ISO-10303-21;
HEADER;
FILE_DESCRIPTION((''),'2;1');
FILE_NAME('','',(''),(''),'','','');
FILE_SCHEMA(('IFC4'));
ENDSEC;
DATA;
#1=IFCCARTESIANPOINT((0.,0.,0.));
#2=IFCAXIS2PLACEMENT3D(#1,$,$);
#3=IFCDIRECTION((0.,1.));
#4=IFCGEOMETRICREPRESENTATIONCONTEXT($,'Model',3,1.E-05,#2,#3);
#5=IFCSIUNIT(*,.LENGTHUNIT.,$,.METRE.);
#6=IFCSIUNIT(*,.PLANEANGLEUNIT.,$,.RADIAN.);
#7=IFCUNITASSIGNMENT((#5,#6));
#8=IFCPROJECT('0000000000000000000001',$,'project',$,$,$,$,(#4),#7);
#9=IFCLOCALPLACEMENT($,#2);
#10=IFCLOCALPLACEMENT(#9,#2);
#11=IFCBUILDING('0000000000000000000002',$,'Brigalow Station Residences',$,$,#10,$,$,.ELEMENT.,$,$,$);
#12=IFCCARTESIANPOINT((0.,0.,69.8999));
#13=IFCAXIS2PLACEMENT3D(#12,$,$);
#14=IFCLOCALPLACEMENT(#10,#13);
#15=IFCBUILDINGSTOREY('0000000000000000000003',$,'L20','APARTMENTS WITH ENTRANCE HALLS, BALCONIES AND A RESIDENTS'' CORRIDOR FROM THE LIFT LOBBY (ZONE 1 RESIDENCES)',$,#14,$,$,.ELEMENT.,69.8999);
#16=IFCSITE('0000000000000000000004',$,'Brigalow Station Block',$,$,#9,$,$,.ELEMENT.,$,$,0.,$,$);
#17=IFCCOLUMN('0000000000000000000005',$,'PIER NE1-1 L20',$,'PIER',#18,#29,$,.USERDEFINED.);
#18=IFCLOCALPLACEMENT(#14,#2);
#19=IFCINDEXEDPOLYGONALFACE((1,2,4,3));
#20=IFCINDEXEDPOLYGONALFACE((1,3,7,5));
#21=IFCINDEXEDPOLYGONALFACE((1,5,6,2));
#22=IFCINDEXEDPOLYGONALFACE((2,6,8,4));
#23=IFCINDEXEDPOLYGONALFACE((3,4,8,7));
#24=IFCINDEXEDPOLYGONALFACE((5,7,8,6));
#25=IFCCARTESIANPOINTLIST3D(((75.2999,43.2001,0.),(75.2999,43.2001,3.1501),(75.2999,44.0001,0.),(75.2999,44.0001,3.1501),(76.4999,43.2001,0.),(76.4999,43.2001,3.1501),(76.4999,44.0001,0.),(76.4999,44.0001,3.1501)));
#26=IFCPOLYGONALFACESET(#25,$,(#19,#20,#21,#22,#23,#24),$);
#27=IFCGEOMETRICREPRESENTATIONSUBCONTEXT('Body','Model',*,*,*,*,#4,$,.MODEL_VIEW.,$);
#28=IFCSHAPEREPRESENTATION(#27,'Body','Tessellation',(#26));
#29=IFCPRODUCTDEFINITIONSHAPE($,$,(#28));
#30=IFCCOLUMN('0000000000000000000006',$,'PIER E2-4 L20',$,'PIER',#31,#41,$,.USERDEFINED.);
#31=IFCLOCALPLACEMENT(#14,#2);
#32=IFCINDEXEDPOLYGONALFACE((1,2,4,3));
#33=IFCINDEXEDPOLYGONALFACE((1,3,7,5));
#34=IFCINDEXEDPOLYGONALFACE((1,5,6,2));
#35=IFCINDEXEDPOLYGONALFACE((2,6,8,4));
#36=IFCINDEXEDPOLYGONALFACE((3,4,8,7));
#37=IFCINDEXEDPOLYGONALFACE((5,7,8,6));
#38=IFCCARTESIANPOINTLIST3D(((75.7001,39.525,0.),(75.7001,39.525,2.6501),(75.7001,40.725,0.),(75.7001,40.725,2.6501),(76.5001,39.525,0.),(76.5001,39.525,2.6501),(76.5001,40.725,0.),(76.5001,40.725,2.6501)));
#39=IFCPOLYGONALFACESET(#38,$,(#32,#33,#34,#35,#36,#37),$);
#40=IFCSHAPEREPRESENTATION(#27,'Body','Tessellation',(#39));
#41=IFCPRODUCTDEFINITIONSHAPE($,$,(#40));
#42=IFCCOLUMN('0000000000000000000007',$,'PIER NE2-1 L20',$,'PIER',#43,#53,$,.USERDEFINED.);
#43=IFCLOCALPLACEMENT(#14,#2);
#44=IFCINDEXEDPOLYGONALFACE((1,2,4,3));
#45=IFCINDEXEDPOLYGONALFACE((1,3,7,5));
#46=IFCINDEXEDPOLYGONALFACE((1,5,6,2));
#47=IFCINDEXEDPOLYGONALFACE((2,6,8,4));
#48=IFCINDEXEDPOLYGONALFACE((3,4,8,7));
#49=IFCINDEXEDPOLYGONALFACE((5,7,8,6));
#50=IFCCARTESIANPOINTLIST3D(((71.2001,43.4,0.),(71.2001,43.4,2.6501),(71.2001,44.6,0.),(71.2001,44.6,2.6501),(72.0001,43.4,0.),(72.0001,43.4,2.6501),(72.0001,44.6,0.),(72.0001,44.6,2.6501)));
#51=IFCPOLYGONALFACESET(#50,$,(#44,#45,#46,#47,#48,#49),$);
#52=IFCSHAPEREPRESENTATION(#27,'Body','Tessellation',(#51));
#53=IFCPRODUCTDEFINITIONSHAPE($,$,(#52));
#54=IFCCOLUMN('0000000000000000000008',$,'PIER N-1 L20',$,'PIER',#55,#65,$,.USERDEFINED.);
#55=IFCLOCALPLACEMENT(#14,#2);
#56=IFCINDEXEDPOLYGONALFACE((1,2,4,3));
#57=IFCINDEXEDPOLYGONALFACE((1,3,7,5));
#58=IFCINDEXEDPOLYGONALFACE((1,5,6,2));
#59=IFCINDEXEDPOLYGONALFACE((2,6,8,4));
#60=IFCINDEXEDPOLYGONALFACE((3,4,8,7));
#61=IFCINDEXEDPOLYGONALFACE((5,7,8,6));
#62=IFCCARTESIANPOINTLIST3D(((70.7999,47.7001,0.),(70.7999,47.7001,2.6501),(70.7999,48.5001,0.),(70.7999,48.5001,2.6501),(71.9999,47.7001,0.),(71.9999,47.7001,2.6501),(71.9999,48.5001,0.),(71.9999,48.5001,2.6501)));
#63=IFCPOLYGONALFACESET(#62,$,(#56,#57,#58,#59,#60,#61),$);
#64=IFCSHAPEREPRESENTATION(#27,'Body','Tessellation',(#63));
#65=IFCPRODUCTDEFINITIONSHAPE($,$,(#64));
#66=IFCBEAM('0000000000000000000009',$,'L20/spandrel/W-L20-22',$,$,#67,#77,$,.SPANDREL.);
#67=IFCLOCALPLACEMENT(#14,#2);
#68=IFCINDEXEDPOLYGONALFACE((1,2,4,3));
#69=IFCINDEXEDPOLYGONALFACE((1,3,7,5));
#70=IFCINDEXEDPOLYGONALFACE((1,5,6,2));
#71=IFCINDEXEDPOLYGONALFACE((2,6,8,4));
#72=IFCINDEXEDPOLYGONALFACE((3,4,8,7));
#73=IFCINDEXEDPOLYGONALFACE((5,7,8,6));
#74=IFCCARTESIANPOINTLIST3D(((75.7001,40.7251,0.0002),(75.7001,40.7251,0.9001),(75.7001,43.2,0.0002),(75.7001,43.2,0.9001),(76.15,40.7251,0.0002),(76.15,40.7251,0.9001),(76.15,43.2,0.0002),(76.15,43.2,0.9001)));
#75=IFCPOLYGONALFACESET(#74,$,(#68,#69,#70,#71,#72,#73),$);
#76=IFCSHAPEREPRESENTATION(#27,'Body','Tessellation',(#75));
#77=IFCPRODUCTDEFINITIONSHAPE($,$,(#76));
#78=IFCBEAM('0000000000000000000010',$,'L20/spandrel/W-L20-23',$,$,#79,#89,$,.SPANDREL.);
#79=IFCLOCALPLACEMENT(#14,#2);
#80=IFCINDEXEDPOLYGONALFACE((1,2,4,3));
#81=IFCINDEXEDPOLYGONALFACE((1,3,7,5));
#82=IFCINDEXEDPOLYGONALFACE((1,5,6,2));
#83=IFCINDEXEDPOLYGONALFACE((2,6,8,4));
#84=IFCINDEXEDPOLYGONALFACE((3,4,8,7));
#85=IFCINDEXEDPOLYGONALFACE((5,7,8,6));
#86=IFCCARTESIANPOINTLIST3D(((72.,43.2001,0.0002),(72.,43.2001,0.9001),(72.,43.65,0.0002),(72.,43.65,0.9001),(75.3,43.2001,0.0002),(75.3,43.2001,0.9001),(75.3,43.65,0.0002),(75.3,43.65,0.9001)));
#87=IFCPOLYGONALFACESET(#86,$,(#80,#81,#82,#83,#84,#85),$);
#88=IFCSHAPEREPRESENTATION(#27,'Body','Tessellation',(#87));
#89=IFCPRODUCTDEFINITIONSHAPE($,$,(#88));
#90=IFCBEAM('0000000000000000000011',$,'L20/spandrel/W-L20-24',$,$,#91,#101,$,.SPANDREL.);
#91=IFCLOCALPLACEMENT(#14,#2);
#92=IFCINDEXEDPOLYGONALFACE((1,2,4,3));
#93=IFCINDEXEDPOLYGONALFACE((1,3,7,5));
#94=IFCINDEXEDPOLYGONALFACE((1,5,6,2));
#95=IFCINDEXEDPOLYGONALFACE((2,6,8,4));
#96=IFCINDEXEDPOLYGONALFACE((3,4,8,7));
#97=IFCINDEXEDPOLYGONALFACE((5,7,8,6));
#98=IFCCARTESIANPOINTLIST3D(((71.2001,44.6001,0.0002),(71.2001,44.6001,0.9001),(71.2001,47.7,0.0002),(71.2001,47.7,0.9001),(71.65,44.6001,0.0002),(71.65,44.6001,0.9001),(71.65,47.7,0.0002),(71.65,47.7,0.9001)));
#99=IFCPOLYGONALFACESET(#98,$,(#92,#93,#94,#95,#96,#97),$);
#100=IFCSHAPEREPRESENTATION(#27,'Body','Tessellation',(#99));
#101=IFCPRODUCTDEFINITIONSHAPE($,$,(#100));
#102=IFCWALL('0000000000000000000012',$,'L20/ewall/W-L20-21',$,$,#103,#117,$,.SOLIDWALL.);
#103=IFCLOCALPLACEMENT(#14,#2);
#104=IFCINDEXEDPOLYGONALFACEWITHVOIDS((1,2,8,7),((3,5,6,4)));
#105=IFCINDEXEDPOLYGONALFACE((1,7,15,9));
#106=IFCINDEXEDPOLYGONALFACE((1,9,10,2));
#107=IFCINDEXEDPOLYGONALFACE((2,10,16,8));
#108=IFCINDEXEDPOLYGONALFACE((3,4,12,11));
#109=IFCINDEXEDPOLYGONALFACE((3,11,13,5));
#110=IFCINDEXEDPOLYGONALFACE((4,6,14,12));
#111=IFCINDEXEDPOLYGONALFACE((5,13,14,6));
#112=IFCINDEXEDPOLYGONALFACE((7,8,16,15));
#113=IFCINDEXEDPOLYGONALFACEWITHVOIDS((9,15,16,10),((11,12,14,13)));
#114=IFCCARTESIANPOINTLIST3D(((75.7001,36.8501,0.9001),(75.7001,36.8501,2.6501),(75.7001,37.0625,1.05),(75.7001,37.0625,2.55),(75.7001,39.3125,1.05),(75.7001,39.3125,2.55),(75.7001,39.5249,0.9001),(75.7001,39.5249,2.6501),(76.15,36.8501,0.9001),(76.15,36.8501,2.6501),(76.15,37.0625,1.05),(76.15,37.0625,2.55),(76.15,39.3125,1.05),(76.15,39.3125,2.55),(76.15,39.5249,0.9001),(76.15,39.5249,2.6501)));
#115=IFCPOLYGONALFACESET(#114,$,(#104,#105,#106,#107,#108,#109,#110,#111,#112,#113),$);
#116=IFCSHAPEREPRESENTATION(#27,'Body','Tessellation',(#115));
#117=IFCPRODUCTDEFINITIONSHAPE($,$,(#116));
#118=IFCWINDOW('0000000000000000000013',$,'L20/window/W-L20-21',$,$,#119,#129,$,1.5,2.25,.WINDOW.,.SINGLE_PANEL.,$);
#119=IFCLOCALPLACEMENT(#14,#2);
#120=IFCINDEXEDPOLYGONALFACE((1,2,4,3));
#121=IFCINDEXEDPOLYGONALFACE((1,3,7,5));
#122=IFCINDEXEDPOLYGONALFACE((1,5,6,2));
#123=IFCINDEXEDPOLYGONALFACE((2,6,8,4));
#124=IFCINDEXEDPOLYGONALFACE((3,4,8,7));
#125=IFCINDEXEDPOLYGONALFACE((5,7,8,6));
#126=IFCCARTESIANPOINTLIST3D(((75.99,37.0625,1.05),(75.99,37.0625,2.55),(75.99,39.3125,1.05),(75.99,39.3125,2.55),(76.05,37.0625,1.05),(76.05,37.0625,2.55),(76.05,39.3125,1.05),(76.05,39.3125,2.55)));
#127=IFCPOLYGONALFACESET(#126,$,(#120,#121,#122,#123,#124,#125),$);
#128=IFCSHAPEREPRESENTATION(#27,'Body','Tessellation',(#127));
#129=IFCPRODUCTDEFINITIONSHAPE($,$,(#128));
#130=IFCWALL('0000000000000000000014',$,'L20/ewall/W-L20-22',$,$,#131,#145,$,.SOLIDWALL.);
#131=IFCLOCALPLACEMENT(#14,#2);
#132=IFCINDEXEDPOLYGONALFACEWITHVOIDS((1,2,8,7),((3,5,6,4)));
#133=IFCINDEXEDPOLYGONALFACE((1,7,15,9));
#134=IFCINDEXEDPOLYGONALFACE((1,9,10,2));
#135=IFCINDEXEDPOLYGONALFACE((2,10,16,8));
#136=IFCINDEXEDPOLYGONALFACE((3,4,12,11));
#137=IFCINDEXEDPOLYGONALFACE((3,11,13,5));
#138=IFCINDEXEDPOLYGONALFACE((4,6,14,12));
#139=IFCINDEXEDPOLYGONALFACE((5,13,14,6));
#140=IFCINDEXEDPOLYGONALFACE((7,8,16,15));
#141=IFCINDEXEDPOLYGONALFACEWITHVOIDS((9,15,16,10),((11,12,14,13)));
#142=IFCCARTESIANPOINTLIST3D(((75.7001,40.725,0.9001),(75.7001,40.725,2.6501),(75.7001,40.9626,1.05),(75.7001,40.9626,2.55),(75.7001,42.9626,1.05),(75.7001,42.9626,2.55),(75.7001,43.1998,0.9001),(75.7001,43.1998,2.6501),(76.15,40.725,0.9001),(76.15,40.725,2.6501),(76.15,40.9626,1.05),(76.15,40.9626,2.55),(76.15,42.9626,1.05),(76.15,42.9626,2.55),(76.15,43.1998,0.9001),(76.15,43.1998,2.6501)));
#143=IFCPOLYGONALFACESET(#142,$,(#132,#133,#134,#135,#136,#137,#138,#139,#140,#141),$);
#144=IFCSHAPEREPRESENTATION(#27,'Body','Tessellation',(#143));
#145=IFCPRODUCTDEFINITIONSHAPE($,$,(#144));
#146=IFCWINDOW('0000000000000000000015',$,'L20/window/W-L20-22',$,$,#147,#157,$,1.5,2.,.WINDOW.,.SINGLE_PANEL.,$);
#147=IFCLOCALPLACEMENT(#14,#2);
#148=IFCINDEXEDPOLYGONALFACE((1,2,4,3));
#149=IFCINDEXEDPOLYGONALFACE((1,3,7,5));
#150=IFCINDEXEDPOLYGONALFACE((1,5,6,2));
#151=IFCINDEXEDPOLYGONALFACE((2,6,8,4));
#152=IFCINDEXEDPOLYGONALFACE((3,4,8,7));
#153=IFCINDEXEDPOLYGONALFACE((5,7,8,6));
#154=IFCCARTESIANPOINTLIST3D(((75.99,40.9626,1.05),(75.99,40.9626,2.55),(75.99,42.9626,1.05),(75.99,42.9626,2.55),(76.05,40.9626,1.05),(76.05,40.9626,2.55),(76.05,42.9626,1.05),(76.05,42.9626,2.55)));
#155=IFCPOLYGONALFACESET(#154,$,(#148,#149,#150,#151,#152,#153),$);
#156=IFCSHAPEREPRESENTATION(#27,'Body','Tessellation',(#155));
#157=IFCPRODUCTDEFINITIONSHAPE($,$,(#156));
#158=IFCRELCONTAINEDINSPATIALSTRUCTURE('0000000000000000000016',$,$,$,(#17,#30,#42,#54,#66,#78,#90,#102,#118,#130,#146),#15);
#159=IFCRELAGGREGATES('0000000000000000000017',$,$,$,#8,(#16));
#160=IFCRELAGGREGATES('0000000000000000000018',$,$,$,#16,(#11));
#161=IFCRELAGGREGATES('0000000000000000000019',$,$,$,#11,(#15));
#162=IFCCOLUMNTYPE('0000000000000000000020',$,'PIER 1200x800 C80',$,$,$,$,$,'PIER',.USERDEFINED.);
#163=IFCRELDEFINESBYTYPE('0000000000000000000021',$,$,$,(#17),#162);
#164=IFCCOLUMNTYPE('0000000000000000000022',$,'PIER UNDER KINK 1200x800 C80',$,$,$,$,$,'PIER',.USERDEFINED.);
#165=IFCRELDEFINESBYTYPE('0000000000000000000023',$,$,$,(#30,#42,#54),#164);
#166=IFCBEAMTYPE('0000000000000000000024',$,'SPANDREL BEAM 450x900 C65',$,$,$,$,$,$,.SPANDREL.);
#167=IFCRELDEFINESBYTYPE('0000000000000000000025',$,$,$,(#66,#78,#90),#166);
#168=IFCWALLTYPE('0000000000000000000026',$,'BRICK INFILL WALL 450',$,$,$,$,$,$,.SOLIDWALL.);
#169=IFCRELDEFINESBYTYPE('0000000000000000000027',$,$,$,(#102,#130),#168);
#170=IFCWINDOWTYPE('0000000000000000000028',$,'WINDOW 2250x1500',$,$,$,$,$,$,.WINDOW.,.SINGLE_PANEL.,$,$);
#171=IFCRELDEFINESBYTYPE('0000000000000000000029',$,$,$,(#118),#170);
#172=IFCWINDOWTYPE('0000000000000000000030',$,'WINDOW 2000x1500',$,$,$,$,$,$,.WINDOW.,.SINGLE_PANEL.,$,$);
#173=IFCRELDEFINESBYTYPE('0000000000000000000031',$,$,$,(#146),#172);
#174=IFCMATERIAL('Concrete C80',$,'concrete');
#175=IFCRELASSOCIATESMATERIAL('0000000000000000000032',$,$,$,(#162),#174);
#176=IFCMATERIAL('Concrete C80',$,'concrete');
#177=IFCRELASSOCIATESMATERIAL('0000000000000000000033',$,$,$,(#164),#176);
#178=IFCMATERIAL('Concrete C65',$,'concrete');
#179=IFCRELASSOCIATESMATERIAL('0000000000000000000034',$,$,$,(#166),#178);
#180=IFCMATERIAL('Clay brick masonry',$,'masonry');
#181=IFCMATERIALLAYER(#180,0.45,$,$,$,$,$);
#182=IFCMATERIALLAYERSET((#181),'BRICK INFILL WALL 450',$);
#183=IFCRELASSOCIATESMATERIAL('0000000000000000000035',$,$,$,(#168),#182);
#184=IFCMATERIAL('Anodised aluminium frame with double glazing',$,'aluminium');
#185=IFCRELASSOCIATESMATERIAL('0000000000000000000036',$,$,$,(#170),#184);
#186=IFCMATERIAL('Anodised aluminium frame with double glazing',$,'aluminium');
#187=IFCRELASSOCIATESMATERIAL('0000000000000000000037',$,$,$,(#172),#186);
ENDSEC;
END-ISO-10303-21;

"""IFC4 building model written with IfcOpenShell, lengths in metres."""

from ifc_helpers import new_model, si_unit, direction, frame, frame_2d, origin, origin_2d, place, context, subcontext, project, spatial, rectangle, extrude, material, layer, layer_set, material_profile, profile_set, type_object, element, fill, save


model = new_model("IFC4")

# Units and contexts
model_context = context("Model", 3, precision=1e-05, world=origin(), true_north=direction((0.0, 1.0)))
body_context = subcontext(model_context, "Body", "Model", "MODEL_VIEW")
ifc_project = project(units=[si_unit("LENGTHUNIT", "METRE"), si_unit("PLANEANGLEUNIT", "RADIAN")], contexts=[model_context])

# Site, building, storey
site_placement = place(None, origin())
site = spatial("IfcSite", under=ifc_project, at=site_placement, Name="Brigalow Station Block", CompositionType="ELEMENT", RefElevation=0.0)
building_placement = place(site_placement, origin())
building = spatial("IfcBuilding", under=site, at=building_placement, Name="Brigalow Station Residences", CompositionType="ELEMENT")
storey_placement = place(building_placement, frame((0.0, 0.0, 69.8999)))
storey = spatial("IfcBuildingStorey", under=building, at=storey_placement, Name="L20", Description="APARTMENTS WITH ENTRANCE HALLS, BALCONIES AND A RESIDENTS' CORRIDOR FROM THE LIFT LOBBY (ZONE 1 RESIDENCES)", CompositionType="ELEMENT", Elevation=69.8999)

# Columns
ifc_material_1 = material(Name="Concrete C80", Category="concrete")
ifc_material_profile_1 = material_profile(ifc_material_1, rectangle(XDim=1.2, YDim=0.8, at=origin_2d()), Name="RC1200x800")
ifc_profile_set_1 = profile_set([ifc_material_profile_1], Name="Concrete C80")
column_type_1 = type_object("IfcColumnType", Name="PIER 1200x800 C80", ElementType="PIER", PredefinedType="USERDEFINED", material=ifc_profile_set_1)
column_placement = place(storey_placement, frame((75.8999, 43.6001, 0.0), z_axis=(0.0, 0.0, 1.0), x_axis=(-1.0, 0.0, 0.0)))
element("IfcColumn", 1, at=column_placement, inside=storey, type_object=column_type_1, Name="PIER NE1-1 L20", ObjectType="PIER", PredefinedType="USERDEFINED", context=body_context, shape_type="SweptSolid", body=[
    extrude(rectangle(XDim=1.2, YDim=0.8, at=origin_2d()), origin(), (0.0, 0.0, 1.0), 3.1501),
])
ifc_material_2 = material(Name="Concrete C80", Category="concrete")
ifc_material_profile_2 = material_profile(ifc_material_2, rectangle(XDim=1.2, YDim=0.8, at=origin_2d()), Name="RC1200x800")
ifc_profile_set_2 = profile_set([ifc_material_profile_2], Name="Concrete C80")
column_type_2 = type_object("IfcColumnType", Name="PIER UNDER KINK 1200x800 C80", ElementType="PIER", PredefinedType="USERDEFINED", material=ifc_profile_set_2)
for number, where, z_axis, x_axis, name in (
    (2, (76.1001, 40.125, 0.0), (0.0, 0.0, 1.0), (0.0, 1.0, 0.0), "PIER E2-4 L20"),
    (3, (71.6001, 44.0, 0.0), (0.0, 0.0, 1.0), (0.0, 1.0, 0.0), "PIER NE2-1 L20"),
    (4, (71.3999, 48.1001, 0.0), (0.0, 0.0, 1.0), (-1.0, 0.0, 0.0), "PIER N-1 L20"),
):
    element("IfcColumn", number, at=place(storey_placement, frame(where, z_axis=z_axis, x_axis=x_axis)), inside=storey, type_object=column_type_2, Name=name, ObjectType="PIER", PredefinedType="USERDEFINED", context=body_context, shape_type="SweptSolid", body=[
        extrude(rectangle(XDim=1.2, YDim=0.8, at=origin_2d()), origin(), (0.0, 0.0, 1.0), 2.6501),
    ])

# Beams
ifc_material_3 = material(Name="Concrete C65", Category="concrete")
ifc_material_profile_3 = material_profile(ifc_material_3, rectangle(XDim=0.45, YDim=0.8999, at=origin_2d()), Name="RC450x900")
ifc_profile_set_3 = profile_set([ifc_material_profile_3], Name="Concrete C65")
beam_type = type_object("IfcBeamType", Name="SPANDREL BEAM 450x900 C65", PredefinedType="SPANDREL", material=ifc_profile_set_3)
beam_1_placement = place(storey_placement, frame((75.925, 40.7251, 0.4502), z_axis=(0.0, 1.0, 0.0), x_axis=(-1.0, 0.0, 0.0)))
element("IfcBeam", 5, at=beam_1_placement, inside=storey, type_object=beam_type, Name="L20/spandrel/W-L20-22", PredefinedType="SPANDREL", context=body_context, shape_type="SweptSolid", body=[
    extrude(rectangle(XDim=0.45, YDim=0.8999, at=origin_2d()), origin(), (0.0, 0.0, 1.0), 2.4749),
])
beam_2_placement = place(storey_placement, frame((75.3, 43.425, 0.4502), z_axis=(-1.0, 0.0, 0.0), x_axis=(0.0, -1.0, 0.0)))
element("IfcBeam", 6, at=beam_2_placement, inside=storey, type_object=beam_type, Name="L20/spandrel/W-L20-23", PredefinedType="SPANDREL", context=body_context, shape_type="SweptSolid", body=[
    extrude(rectangle(XDim=0.45, YDim=0.8999, at=origin_2d()), origin(), (0.0, 0.0, 1.0), 3.3),
])
beam_3_placement = place(storey_placement, frame((71.425, 44.6001, 0.4502), z_axis=(0.0, 1.0, 0.0), x_axis=(-1.0, 0.0, 0.0)))
element("IfcBeam", 7, at=beam_3_placement, inside=storey, type_object=beam_type, Name="L20/spandrel/W-L20-24", PredefinedType="SPANDREL", context=body_context, shape_type="SweptSolid", body=[
    extrude(rectangle(XDim=0.45, YDim=0.8999, at=origin_2d()), origin(), (0.0, 0.0, 1.0), 3.0999),
])

# Walls, openings, windows
ifc_material_4 = material(Name="Clay brick masonry", Category="masonry")
ifc_layer_1 = layer(ifc_material_4, 0.45)
ifc_layer_set_1 = layer_set([ifc_layer_1], Name="BRICK INFILL WALL 450")
wall_type_1 = type_object("IfcWallType", Name="BRICK INFILL WALL 450", PredefinedType="SOLIDWALL", material=ifc_layer_set_1)
wall_1_placement = place(storey_placement, frame((75.925, 36.8501, 0.9001), z_axis=(0.0, 0.0, 1.0), x_axis=(0.0, 1.0, 0.0)))
wall_1 = element("IfcWall", 8, at=wall_1_placement, inside=storey, type_object=wall_type_1, Name="L20/ewall/W-L20-21", PredefinedType="SOLIDWALL", context=body_context, shape_type="SweptSolid", body=[
    extrude(rectangle(XDim=2.6748, YDim=0.45, at=frame_2d((1.3374, 0.0))), origin(), (0.0, 0.0, 1.0), 1.75),
])
opening_1_placement = place(wall_1_placement, frame((0.2124, 0.0, 0.1499)))
opening_1 = element("IfcOpeningElement", 9, at=opening_1_placement, cuts=wall_1, PredefinedType="OPENING", context=body_context, shape_type="SweptSolid", body=[
    extrude(rectangle(XDim=2.25, YDim=1.5, at=frame_2d((1.125, 0.75))), frame((0.0, 0.2349, 0.0), z_axis=(0.0, -1.0, 0.0), x_axis=(1.0, 0.0, 0.0)), (0.0, 0.0, 1.0), 0.47),
])
ifc_material_5 = material(Name="Anodised aluminium frame with double glazing", Category="aluminium")
window_type_1 = type_object("IfcWindowType", Name="WINDOW 2250x1500", PartitioningType="SINGLE_PANEL", PredefinedType="WINDOW", material=ifc_material_5)
window_1_placement = place(opening_1_placement, origin())
window_1 = element("IfcWindow", 10, at=window_1_placement, inside=storey, type_object=window_type_1, Name="L20/window/W-L20-21", OverallHeight=1.5, OverallWidth=2.25, PartitioningType="SINGLE_PANEL", PredefinedType="WINDOW", context=body_context, shape_type="SweptSolid", body=[
    extrude(rectangle(XDim=2.25, YDim=1.5, at=frame_2d((1.125, 0.75))), frame((0.0, -0.0649, 0.0), z_axis=(0.0, -1.0, 0.0), x_axis=(1.0, 0.0, 0.0)), (0.0, 0.0, 1.0), 0.0601),
])
fill(opening_1, window_1)
wall_2_placement = place(storey_placement, frame((75.925, 40.7251, 0.9001), z_axis=(0.0, 0.0, 1.0), x_axis=(0.0, 1.0, 0.0)))
wall_2 = element("IfcWall", 11, at=wall_2_placement, inside=storey, type_object=wall_type_1, Name="L20/ewall/W-L20-22", PredefinedType="SOLIDWALL", context=body_context, shape_type="SweptSolid", body=[
    extrude(rectangle(XDim=2.4749, YDim=0.45, at=frame_2d((1.2373, 0.0))), origin(), (0.0, 0.0, 1.0), 1.75),
])
opening_2_placement = place(wall_2_placement, frame((0.2375, 0.0, 0.1499)))
opening_2 = element("IfcOpeningElement", 12, at=opening_2_placement, cuts=wall_2, PredefinedType="OPENING", context=body_context, shape_type="SweptSolid", body=[
    extrude(rectangle(XDim=2.0, YDim=1.5, at=frame_2d((1.0, 0.75))), frame((0.0, 0.2349, 0.0), z_axis=(0.0, -1.0, 0.0), x_axis=(1.0, 0.0, 0.0)), (0.0, 0.0, 1.0), 0.47),
])
ifc_material_6 = material(Name="Anodised aluminium frame with double glazing", Category="aluminium")
window_type_2 = type_object("IfcWindowType", Name="WINDOW 2000x1500", PartitioningType="SINGLE_PANEL", PredefinedType="WINDOW", material=ifc_material_6)
window_2_placement = place(opening_2_placement, origin())
window_2 = element("IfcWindow", 13, at=window_2_placement, inside=storey, type_object=window_type_2, Name="L20/window/W-L20-22", OverallHeight=1.5, OverallWidth=2.0, PartitioningType="SINGLE_PANEL", PredefinedType="WINDOW", context=body_context, shape_type="SweptSolid", body=[
    extrude(rectangle(XDim=2.0, YDim=1.5, at=frame_2d((1.0, 0.75))), frame((0.0, -0.0649, 0.0), z_axis=(0.0, -1.0, 0.0), x_axis=(1.0, 0.0, 0.0)), (0.0, 0.0, 1.0), 0.0601),
])
fill(opening_2, window_2)

save(model, "model.ifc")
